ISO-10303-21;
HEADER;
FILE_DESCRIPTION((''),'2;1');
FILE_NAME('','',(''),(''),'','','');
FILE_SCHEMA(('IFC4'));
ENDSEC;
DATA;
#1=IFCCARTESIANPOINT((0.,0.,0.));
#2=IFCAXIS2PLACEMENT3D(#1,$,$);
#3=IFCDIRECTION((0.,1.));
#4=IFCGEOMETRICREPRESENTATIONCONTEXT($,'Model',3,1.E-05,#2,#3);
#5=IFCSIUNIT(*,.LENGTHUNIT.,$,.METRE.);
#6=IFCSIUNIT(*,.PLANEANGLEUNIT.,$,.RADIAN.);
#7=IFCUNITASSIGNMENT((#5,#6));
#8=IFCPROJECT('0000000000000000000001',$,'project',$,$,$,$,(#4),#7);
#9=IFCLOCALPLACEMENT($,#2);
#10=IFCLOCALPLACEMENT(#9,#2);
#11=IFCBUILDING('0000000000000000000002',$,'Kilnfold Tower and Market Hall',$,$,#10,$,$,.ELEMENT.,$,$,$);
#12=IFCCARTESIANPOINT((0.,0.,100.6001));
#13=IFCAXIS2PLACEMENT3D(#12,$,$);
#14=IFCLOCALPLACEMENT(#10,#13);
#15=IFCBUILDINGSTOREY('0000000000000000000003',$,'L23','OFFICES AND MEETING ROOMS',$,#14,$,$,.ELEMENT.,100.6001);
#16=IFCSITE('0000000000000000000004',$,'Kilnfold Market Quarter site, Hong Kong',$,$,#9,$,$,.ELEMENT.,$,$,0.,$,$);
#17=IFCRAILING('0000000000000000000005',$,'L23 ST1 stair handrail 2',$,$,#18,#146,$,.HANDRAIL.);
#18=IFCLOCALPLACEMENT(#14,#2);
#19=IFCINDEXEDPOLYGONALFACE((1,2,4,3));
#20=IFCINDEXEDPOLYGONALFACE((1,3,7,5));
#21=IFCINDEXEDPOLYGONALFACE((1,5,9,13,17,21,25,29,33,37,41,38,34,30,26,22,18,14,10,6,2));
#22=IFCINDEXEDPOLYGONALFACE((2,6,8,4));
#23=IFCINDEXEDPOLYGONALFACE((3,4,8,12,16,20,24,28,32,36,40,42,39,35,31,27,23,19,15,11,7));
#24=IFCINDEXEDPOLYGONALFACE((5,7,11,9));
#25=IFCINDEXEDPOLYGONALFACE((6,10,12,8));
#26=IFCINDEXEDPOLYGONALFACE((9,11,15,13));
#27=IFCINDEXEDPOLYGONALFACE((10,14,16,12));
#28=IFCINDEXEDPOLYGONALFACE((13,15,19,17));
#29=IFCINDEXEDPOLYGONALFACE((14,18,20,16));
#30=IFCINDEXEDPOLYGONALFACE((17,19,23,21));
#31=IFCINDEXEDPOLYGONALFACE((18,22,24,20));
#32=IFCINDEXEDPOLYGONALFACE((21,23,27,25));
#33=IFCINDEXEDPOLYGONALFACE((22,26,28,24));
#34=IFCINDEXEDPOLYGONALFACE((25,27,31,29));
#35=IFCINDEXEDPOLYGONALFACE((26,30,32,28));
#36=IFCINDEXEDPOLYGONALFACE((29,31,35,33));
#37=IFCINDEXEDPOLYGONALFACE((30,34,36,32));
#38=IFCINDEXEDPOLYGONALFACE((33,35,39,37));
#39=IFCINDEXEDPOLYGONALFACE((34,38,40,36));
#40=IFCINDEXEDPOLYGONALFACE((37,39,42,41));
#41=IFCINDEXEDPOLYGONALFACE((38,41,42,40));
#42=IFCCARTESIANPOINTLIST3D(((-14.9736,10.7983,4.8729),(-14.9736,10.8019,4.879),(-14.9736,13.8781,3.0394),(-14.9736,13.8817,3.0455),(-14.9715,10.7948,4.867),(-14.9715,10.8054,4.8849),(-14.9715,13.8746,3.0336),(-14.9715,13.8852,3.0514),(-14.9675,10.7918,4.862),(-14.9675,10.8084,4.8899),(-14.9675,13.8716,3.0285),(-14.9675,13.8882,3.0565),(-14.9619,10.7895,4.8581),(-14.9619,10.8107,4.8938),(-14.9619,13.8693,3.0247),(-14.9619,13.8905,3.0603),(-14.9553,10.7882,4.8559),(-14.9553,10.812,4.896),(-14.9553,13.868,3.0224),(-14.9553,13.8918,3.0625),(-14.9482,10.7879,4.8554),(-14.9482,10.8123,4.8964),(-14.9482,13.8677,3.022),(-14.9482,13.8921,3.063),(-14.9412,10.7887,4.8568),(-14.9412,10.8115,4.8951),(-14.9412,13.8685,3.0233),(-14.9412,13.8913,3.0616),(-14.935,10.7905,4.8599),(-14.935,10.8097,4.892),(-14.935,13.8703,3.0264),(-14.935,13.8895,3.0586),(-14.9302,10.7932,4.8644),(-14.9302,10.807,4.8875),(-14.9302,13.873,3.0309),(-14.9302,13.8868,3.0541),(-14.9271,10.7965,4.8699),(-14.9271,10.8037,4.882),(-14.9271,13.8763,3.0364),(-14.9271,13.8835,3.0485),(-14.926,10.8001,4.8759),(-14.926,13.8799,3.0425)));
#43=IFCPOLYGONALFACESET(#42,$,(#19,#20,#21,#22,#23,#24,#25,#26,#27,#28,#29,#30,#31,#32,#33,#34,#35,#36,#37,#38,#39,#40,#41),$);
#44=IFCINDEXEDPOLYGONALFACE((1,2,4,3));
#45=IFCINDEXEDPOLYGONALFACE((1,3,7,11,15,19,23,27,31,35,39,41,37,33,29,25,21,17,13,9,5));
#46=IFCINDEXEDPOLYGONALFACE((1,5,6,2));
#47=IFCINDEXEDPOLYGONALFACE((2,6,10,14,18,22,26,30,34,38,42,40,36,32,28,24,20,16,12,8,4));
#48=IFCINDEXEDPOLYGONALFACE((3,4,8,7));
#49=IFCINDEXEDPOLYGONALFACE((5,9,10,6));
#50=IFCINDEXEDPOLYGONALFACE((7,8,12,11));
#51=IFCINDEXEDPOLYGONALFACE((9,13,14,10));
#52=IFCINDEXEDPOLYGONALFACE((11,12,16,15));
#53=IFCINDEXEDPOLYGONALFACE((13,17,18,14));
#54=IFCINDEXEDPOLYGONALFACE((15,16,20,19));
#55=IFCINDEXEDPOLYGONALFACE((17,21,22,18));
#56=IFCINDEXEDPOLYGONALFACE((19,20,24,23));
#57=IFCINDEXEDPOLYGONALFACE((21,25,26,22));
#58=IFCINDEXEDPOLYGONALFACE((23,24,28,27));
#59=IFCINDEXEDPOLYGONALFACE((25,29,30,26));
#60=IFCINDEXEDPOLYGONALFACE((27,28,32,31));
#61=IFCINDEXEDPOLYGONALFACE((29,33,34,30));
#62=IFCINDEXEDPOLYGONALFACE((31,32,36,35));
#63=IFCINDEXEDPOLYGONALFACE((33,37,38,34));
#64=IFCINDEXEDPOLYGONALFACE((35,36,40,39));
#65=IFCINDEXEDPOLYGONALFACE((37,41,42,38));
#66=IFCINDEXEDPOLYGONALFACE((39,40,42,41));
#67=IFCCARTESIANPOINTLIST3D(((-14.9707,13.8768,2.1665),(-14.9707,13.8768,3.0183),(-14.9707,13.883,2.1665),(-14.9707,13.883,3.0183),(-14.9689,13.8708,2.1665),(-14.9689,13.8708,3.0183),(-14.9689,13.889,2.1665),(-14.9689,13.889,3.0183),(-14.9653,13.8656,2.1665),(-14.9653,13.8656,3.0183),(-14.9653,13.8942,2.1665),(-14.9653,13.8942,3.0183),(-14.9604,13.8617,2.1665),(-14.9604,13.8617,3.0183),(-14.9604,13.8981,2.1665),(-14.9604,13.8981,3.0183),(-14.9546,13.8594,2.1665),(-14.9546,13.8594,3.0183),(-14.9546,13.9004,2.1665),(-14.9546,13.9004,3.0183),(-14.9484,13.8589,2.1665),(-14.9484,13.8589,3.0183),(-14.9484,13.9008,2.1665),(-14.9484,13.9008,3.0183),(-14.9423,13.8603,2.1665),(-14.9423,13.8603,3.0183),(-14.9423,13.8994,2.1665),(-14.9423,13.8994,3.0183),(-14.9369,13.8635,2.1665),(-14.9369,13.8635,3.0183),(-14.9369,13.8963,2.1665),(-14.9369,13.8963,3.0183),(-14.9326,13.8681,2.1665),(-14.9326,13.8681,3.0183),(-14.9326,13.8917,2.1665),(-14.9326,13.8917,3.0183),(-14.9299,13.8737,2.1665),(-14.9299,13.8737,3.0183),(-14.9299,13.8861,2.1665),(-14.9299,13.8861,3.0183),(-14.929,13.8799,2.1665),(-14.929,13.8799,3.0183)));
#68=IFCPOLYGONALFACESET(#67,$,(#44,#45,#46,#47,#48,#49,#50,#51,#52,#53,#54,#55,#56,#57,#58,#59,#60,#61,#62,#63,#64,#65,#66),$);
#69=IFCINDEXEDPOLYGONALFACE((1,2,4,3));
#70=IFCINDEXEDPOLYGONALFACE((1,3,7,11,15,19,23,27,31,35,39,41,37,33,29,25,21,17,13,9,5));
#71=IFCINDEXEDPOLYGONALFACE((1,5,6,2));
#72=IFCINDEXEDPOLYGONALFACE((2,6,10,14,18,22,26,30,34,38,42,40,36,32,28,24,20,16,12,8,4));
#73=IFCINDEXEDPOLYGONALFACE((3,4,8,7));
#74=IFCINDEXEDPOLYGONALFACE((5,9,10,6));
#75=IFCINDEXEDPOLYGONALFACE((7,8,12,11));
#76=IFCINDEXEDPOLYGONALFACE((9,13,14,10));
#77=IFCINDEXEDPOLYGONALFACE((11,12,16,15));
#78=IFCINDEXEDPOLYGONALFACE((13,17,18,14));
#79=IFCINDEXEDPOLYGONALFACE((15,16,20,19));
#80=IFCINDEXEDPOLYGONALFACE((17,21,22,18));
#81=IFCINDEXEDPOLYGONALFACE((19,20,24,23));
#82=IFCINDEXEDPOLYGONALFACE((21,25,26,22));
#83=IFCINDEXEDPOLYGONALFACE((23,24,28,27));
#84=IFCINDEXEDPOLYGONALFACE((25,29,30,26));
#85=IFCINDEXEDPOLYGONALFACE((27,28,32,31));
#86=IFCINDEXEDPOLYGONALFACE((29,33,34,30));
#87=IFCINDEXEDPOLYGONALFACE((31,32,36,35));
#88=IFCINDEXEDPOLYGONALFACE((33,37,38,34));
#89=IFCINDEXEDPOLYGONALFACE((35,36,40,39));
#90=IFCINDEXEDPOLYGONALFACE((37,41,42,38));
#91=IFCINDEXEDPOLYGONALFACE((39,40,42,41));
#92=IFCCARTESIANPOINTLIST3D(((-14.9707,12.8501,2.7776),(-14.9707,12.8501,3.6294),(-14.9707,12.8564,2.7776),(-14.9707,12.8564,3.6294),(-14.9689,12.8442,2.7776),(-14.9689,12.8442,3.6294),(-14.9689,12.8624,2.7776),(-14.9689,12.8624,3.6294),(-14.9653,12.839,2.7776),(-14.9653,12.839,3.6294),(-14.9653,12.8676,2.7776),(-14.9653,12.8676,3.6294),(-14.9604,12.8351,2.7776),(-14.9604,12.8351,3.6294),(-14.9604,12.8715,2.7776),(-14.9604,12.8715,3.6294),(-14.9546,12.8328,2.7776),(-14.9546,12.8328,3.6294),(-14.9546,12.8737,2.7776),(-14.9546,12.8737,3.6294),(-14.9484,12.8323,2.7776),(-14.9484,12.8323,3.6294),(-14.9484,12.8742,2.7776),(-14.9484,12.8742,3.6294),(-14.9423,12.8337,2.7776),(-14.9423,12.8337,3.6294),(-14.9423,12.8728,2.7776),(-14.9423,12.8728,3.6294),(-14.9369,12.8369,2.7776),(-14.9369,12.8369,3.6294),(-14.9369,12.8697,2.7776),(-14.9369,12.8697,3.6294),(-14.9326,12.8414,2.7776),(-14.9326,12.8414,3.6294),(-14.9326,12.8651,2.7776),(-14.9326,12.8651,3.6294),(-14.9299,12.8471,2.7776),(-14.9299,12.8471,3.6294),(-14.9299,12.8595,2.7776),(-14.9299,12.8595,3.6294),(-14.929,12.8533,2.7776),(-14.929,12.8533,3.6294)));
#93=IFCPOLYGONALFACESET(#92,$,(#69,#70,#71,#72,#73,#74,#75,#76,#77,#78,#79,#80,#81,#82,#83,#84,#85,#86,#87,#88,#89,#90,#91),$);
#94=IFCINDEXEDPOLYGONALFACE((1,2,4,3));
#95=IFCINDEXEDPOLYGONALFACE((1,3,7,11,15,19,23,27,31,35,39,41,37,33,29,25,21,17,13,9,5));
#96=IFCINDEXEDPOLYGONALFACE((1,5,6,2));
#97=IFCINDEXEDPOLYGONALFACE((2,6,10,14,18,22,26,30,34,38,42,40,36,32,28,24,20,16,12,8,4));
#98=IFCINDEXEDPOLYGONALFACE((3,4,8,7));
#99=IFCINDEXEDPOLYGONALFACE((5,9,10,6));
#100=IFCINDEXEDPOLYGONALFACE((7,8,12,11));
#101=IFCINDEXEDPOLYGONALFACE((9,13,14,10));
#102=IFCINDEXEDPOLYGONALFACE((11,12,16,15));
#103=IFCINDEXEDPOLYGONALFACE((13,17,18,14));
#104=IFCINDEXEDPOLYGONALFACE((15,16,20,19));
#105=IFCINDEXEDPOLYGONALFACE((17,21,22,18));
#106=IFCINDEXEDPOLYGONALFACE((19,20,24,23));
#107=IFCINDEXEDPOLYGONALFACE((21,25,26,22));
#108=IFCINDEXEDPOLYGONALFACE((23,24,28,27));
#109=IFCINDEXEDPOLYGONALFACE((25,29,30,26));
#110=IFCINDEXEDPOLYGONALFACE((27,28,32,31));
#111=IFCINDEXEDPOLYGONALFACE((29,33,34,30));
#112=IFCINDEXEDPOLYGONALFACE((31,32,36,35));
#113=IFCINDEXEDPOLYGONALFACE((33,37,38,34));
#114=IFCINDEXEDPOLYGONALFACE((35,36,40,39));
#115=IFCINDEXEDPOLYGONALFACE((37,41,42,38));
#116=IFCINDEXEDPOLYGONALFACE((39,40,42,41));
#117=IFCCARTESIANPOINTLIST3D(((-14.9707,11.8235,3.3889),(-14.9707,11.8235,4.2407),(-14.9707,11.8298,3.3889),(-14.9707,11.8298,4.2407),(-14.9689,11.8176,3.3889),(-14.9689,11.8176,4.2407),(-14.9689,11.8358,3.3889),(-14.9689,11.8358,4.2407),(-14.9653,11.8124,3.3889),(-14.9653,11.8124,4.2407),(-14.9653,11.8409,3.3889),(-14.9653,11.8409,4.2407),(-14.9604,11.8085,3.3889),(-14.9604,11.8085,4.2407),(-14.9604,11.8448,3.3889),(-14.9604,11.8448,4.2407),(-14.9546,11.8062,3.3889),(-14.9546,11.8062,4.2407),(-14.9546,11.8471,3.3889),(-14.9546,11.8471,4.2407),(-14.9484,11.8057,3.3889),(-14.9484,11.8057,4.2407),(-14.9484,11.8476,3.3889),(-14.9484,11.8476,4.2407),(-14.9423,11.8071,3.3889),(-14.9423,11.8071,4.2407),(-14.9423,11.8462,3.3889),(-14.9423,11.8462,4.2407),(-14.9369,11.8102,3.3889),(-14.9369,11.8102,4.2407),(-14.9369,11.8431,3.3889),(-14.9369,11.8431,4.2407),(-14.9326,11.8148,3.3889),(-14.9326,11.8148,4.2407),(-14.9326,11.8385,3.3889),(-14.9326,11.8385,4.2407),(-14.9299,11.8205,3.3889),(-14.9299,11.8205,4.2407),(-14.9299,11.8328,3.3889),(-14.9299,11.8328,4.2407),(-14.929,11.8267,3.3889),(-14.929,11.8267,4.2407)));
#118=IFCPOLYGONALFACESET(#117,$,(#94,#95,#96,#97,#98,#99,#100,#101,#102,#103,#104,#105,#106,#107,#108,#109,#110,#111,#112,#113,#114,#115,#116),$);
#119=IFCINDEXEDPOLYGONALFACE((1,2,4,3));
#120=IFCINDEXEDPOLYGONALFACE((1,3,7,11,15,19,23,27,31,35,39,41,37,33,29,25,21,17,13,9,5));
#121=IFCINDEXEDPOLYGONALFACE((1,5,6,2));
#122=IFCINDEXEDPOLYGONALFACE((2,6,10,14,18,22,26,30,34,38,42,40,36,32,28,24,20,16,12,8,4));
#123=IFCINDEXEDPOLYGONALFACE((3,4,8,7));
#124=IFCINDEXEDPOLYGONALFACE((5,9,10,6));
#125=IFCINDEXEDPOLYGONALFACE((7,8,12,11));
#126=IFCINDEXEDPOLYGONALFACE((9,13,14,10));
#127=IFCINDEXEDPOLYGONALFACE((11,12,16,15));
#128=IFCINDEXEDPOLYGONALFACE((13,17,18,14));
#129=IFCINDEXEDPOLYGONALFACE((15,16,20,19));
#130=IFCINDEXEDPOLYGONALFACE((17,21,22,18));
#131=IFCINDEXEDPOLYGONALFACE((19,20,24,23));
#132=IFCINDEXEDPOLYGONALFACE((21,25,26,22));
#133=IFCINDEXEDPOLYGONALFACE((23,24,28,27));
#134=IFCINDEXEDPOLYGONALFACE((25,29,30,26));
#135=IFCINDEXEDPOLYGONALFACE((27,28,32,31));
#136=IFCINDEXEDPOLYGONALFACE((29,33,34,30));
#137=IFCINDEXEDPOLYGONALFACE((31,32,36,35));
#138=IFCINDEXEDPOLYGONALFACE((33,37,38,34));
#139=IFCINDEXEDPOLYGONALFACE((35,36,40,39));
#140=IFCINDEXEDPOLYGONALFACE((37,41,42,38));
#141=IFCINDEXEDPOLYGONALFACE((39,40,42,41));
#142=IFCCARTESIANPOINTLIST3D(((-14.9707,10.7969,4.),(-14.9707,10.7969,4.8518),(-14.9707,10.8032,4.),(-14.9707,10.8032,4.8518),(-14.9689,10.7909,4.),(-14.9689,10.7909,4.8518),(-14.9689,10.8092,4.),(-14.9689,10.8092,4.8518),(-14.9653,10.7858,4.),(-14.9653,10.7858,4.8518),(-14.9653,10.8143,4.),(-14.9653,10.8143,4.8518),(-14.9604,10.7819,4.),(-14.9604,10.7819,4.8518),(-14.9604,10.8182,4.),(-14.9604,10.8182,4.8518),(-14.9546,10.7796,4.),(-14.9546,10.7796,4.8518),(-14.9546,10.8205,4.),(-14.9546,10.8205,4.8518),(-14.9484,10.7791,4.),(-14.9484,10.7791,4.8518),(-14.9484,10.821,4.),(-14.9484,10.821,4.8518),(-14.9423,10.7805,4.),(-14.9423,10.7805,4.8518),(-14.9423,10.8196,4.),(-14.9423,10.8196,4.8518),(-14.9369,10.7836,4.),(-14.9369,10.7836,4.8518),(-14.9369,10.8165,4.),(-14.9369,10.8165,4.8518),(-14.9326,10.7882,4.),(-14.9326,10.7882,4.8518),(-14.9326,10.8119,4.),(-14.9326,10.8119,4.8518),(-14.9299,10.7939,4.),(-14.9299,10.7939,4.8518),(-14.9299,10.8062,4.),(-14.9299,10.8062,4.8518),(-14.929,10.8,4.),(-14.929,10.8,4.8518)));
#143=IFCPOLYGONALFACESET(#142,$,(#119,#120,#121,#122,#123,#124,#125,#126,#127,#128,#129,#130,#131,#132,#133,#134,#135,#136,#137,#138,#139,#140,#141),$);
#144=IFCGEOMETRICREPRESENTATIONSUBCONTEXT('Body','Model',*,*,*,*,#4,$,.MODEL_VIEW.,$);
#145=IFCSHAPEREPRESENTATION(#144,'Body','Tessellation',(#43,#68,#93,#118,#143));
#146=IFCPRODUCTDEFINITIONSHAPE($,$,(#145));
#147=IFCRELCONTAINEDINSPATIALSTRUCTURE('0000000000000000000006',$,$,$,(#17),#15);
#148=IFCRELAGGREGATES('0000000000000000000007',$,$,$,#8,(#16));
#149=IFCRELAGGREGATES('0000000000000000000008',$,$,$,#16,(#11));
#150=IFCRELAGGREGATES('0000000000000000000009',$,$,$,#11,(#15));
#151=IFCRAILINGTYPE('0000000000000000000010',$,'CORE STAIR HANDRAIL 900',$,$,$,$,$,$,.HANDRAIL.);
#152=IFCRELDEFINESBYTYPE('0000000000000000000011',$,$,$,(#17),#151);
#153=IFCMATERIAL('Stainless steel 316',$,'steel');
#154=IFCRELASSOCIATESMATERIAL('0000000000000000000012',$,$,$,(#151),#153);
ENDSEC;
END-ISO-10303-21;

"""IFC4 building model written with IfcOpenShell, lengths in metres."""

from ifc_helpers import new_model, si_unit, direction, frame, origin, origin_2d, place, context, subcontext, project, spatial, circle, extrude, material, type_object, element, save


model = new_model("IFC4")

# Units and contexts
model_context = context("Model", 3, precision=1e-05, world=origin(), true_north=direction((0.0, 1.0)))
body_context = subcontext(model_context, "Body", "Model", "MODEL_VIEW")
ifc_project = project(units=[si_unit("LENGTHUNIT", "METRE"), si_unit("PLANEANGLEUNIT", "RADIAN")], contexts=[model_context])

# Site, building, storey
site_placement = place(None, origin())
site = spatial("IfcSite", under=ifc_project, at=site_placement, Name="Kilnfold Market Quarter site, Hong Kong", CompositionType="ELEMENT", RefElevation=0.0)
building_placement = place(site_placement, origin())
building = spatial("IfcBuilding", under=site, at=building_placement, Name="Kilnfold Tower and Market Hall", CompositionType="ELEMENT")
storey_placement = place(building_placement, frame((0.0, 0.0, 100.6001)))
storey = spatial("IfcBuildingStorey", under=building, at=storey_placement, Name="L23", Description="OFFICES AND MEETING ROOMS", CompositionType="ELEMENT", Elevation=100.6001)

# Railing
ifc_material_1 = material(Name="Stainless steel 316", Category="steel")
railing_type_1 = type_object("IfcRailingType", Name="CORE STAIR HANDRAIL 900", PredefinedType="HANDRAIL", material=ifc_material_1)
railing_1_placement = place(storey_placement, frame((-14.95, 13.8799, 2.1665)))
element("IfcRailing", 1, at=railing_1_placement, inside=storey, type_object=railing_type_1, Name="L23 ST1 stair handrail 2", PredefinedType="HANDRAIL", context=body_context, shape_type="SweptSolid", body=[
    extrude(circle(Radius=0.0239, at=origin_2d()), frame((0.0, 0.0, 0.876), z_axis=(0.0, -0.859261, 0.511538), x_axis=(1.0, 0.0, 0.0)), (0.0, 0.0, 1.0), 3.5842),
    extrude(circle(Radius=0.021, at=origin_2d()), origin(), (0.0, 0.0, 1.0), 0.8518),
    extrude(circle(Radius=0.021, at=origin_2d()), frame((0.0, -1.0266, 0.6111)), (0.0, 0.0, 1.0), 0.8518),
    extrude(circle(Radius=0.021, at=origin_2d()), frame((0.0, -2.0532, 1.2224)), (0.0, 0.0, 1.0), 0.8518),
    extrude(circle(Radius=0.021, at=origin_2d()), frame((0.0, -3.0798, 1.8335)), (0.0, 0.0, 1.0), 0.8518),
])

save(model, "model.ifc")
